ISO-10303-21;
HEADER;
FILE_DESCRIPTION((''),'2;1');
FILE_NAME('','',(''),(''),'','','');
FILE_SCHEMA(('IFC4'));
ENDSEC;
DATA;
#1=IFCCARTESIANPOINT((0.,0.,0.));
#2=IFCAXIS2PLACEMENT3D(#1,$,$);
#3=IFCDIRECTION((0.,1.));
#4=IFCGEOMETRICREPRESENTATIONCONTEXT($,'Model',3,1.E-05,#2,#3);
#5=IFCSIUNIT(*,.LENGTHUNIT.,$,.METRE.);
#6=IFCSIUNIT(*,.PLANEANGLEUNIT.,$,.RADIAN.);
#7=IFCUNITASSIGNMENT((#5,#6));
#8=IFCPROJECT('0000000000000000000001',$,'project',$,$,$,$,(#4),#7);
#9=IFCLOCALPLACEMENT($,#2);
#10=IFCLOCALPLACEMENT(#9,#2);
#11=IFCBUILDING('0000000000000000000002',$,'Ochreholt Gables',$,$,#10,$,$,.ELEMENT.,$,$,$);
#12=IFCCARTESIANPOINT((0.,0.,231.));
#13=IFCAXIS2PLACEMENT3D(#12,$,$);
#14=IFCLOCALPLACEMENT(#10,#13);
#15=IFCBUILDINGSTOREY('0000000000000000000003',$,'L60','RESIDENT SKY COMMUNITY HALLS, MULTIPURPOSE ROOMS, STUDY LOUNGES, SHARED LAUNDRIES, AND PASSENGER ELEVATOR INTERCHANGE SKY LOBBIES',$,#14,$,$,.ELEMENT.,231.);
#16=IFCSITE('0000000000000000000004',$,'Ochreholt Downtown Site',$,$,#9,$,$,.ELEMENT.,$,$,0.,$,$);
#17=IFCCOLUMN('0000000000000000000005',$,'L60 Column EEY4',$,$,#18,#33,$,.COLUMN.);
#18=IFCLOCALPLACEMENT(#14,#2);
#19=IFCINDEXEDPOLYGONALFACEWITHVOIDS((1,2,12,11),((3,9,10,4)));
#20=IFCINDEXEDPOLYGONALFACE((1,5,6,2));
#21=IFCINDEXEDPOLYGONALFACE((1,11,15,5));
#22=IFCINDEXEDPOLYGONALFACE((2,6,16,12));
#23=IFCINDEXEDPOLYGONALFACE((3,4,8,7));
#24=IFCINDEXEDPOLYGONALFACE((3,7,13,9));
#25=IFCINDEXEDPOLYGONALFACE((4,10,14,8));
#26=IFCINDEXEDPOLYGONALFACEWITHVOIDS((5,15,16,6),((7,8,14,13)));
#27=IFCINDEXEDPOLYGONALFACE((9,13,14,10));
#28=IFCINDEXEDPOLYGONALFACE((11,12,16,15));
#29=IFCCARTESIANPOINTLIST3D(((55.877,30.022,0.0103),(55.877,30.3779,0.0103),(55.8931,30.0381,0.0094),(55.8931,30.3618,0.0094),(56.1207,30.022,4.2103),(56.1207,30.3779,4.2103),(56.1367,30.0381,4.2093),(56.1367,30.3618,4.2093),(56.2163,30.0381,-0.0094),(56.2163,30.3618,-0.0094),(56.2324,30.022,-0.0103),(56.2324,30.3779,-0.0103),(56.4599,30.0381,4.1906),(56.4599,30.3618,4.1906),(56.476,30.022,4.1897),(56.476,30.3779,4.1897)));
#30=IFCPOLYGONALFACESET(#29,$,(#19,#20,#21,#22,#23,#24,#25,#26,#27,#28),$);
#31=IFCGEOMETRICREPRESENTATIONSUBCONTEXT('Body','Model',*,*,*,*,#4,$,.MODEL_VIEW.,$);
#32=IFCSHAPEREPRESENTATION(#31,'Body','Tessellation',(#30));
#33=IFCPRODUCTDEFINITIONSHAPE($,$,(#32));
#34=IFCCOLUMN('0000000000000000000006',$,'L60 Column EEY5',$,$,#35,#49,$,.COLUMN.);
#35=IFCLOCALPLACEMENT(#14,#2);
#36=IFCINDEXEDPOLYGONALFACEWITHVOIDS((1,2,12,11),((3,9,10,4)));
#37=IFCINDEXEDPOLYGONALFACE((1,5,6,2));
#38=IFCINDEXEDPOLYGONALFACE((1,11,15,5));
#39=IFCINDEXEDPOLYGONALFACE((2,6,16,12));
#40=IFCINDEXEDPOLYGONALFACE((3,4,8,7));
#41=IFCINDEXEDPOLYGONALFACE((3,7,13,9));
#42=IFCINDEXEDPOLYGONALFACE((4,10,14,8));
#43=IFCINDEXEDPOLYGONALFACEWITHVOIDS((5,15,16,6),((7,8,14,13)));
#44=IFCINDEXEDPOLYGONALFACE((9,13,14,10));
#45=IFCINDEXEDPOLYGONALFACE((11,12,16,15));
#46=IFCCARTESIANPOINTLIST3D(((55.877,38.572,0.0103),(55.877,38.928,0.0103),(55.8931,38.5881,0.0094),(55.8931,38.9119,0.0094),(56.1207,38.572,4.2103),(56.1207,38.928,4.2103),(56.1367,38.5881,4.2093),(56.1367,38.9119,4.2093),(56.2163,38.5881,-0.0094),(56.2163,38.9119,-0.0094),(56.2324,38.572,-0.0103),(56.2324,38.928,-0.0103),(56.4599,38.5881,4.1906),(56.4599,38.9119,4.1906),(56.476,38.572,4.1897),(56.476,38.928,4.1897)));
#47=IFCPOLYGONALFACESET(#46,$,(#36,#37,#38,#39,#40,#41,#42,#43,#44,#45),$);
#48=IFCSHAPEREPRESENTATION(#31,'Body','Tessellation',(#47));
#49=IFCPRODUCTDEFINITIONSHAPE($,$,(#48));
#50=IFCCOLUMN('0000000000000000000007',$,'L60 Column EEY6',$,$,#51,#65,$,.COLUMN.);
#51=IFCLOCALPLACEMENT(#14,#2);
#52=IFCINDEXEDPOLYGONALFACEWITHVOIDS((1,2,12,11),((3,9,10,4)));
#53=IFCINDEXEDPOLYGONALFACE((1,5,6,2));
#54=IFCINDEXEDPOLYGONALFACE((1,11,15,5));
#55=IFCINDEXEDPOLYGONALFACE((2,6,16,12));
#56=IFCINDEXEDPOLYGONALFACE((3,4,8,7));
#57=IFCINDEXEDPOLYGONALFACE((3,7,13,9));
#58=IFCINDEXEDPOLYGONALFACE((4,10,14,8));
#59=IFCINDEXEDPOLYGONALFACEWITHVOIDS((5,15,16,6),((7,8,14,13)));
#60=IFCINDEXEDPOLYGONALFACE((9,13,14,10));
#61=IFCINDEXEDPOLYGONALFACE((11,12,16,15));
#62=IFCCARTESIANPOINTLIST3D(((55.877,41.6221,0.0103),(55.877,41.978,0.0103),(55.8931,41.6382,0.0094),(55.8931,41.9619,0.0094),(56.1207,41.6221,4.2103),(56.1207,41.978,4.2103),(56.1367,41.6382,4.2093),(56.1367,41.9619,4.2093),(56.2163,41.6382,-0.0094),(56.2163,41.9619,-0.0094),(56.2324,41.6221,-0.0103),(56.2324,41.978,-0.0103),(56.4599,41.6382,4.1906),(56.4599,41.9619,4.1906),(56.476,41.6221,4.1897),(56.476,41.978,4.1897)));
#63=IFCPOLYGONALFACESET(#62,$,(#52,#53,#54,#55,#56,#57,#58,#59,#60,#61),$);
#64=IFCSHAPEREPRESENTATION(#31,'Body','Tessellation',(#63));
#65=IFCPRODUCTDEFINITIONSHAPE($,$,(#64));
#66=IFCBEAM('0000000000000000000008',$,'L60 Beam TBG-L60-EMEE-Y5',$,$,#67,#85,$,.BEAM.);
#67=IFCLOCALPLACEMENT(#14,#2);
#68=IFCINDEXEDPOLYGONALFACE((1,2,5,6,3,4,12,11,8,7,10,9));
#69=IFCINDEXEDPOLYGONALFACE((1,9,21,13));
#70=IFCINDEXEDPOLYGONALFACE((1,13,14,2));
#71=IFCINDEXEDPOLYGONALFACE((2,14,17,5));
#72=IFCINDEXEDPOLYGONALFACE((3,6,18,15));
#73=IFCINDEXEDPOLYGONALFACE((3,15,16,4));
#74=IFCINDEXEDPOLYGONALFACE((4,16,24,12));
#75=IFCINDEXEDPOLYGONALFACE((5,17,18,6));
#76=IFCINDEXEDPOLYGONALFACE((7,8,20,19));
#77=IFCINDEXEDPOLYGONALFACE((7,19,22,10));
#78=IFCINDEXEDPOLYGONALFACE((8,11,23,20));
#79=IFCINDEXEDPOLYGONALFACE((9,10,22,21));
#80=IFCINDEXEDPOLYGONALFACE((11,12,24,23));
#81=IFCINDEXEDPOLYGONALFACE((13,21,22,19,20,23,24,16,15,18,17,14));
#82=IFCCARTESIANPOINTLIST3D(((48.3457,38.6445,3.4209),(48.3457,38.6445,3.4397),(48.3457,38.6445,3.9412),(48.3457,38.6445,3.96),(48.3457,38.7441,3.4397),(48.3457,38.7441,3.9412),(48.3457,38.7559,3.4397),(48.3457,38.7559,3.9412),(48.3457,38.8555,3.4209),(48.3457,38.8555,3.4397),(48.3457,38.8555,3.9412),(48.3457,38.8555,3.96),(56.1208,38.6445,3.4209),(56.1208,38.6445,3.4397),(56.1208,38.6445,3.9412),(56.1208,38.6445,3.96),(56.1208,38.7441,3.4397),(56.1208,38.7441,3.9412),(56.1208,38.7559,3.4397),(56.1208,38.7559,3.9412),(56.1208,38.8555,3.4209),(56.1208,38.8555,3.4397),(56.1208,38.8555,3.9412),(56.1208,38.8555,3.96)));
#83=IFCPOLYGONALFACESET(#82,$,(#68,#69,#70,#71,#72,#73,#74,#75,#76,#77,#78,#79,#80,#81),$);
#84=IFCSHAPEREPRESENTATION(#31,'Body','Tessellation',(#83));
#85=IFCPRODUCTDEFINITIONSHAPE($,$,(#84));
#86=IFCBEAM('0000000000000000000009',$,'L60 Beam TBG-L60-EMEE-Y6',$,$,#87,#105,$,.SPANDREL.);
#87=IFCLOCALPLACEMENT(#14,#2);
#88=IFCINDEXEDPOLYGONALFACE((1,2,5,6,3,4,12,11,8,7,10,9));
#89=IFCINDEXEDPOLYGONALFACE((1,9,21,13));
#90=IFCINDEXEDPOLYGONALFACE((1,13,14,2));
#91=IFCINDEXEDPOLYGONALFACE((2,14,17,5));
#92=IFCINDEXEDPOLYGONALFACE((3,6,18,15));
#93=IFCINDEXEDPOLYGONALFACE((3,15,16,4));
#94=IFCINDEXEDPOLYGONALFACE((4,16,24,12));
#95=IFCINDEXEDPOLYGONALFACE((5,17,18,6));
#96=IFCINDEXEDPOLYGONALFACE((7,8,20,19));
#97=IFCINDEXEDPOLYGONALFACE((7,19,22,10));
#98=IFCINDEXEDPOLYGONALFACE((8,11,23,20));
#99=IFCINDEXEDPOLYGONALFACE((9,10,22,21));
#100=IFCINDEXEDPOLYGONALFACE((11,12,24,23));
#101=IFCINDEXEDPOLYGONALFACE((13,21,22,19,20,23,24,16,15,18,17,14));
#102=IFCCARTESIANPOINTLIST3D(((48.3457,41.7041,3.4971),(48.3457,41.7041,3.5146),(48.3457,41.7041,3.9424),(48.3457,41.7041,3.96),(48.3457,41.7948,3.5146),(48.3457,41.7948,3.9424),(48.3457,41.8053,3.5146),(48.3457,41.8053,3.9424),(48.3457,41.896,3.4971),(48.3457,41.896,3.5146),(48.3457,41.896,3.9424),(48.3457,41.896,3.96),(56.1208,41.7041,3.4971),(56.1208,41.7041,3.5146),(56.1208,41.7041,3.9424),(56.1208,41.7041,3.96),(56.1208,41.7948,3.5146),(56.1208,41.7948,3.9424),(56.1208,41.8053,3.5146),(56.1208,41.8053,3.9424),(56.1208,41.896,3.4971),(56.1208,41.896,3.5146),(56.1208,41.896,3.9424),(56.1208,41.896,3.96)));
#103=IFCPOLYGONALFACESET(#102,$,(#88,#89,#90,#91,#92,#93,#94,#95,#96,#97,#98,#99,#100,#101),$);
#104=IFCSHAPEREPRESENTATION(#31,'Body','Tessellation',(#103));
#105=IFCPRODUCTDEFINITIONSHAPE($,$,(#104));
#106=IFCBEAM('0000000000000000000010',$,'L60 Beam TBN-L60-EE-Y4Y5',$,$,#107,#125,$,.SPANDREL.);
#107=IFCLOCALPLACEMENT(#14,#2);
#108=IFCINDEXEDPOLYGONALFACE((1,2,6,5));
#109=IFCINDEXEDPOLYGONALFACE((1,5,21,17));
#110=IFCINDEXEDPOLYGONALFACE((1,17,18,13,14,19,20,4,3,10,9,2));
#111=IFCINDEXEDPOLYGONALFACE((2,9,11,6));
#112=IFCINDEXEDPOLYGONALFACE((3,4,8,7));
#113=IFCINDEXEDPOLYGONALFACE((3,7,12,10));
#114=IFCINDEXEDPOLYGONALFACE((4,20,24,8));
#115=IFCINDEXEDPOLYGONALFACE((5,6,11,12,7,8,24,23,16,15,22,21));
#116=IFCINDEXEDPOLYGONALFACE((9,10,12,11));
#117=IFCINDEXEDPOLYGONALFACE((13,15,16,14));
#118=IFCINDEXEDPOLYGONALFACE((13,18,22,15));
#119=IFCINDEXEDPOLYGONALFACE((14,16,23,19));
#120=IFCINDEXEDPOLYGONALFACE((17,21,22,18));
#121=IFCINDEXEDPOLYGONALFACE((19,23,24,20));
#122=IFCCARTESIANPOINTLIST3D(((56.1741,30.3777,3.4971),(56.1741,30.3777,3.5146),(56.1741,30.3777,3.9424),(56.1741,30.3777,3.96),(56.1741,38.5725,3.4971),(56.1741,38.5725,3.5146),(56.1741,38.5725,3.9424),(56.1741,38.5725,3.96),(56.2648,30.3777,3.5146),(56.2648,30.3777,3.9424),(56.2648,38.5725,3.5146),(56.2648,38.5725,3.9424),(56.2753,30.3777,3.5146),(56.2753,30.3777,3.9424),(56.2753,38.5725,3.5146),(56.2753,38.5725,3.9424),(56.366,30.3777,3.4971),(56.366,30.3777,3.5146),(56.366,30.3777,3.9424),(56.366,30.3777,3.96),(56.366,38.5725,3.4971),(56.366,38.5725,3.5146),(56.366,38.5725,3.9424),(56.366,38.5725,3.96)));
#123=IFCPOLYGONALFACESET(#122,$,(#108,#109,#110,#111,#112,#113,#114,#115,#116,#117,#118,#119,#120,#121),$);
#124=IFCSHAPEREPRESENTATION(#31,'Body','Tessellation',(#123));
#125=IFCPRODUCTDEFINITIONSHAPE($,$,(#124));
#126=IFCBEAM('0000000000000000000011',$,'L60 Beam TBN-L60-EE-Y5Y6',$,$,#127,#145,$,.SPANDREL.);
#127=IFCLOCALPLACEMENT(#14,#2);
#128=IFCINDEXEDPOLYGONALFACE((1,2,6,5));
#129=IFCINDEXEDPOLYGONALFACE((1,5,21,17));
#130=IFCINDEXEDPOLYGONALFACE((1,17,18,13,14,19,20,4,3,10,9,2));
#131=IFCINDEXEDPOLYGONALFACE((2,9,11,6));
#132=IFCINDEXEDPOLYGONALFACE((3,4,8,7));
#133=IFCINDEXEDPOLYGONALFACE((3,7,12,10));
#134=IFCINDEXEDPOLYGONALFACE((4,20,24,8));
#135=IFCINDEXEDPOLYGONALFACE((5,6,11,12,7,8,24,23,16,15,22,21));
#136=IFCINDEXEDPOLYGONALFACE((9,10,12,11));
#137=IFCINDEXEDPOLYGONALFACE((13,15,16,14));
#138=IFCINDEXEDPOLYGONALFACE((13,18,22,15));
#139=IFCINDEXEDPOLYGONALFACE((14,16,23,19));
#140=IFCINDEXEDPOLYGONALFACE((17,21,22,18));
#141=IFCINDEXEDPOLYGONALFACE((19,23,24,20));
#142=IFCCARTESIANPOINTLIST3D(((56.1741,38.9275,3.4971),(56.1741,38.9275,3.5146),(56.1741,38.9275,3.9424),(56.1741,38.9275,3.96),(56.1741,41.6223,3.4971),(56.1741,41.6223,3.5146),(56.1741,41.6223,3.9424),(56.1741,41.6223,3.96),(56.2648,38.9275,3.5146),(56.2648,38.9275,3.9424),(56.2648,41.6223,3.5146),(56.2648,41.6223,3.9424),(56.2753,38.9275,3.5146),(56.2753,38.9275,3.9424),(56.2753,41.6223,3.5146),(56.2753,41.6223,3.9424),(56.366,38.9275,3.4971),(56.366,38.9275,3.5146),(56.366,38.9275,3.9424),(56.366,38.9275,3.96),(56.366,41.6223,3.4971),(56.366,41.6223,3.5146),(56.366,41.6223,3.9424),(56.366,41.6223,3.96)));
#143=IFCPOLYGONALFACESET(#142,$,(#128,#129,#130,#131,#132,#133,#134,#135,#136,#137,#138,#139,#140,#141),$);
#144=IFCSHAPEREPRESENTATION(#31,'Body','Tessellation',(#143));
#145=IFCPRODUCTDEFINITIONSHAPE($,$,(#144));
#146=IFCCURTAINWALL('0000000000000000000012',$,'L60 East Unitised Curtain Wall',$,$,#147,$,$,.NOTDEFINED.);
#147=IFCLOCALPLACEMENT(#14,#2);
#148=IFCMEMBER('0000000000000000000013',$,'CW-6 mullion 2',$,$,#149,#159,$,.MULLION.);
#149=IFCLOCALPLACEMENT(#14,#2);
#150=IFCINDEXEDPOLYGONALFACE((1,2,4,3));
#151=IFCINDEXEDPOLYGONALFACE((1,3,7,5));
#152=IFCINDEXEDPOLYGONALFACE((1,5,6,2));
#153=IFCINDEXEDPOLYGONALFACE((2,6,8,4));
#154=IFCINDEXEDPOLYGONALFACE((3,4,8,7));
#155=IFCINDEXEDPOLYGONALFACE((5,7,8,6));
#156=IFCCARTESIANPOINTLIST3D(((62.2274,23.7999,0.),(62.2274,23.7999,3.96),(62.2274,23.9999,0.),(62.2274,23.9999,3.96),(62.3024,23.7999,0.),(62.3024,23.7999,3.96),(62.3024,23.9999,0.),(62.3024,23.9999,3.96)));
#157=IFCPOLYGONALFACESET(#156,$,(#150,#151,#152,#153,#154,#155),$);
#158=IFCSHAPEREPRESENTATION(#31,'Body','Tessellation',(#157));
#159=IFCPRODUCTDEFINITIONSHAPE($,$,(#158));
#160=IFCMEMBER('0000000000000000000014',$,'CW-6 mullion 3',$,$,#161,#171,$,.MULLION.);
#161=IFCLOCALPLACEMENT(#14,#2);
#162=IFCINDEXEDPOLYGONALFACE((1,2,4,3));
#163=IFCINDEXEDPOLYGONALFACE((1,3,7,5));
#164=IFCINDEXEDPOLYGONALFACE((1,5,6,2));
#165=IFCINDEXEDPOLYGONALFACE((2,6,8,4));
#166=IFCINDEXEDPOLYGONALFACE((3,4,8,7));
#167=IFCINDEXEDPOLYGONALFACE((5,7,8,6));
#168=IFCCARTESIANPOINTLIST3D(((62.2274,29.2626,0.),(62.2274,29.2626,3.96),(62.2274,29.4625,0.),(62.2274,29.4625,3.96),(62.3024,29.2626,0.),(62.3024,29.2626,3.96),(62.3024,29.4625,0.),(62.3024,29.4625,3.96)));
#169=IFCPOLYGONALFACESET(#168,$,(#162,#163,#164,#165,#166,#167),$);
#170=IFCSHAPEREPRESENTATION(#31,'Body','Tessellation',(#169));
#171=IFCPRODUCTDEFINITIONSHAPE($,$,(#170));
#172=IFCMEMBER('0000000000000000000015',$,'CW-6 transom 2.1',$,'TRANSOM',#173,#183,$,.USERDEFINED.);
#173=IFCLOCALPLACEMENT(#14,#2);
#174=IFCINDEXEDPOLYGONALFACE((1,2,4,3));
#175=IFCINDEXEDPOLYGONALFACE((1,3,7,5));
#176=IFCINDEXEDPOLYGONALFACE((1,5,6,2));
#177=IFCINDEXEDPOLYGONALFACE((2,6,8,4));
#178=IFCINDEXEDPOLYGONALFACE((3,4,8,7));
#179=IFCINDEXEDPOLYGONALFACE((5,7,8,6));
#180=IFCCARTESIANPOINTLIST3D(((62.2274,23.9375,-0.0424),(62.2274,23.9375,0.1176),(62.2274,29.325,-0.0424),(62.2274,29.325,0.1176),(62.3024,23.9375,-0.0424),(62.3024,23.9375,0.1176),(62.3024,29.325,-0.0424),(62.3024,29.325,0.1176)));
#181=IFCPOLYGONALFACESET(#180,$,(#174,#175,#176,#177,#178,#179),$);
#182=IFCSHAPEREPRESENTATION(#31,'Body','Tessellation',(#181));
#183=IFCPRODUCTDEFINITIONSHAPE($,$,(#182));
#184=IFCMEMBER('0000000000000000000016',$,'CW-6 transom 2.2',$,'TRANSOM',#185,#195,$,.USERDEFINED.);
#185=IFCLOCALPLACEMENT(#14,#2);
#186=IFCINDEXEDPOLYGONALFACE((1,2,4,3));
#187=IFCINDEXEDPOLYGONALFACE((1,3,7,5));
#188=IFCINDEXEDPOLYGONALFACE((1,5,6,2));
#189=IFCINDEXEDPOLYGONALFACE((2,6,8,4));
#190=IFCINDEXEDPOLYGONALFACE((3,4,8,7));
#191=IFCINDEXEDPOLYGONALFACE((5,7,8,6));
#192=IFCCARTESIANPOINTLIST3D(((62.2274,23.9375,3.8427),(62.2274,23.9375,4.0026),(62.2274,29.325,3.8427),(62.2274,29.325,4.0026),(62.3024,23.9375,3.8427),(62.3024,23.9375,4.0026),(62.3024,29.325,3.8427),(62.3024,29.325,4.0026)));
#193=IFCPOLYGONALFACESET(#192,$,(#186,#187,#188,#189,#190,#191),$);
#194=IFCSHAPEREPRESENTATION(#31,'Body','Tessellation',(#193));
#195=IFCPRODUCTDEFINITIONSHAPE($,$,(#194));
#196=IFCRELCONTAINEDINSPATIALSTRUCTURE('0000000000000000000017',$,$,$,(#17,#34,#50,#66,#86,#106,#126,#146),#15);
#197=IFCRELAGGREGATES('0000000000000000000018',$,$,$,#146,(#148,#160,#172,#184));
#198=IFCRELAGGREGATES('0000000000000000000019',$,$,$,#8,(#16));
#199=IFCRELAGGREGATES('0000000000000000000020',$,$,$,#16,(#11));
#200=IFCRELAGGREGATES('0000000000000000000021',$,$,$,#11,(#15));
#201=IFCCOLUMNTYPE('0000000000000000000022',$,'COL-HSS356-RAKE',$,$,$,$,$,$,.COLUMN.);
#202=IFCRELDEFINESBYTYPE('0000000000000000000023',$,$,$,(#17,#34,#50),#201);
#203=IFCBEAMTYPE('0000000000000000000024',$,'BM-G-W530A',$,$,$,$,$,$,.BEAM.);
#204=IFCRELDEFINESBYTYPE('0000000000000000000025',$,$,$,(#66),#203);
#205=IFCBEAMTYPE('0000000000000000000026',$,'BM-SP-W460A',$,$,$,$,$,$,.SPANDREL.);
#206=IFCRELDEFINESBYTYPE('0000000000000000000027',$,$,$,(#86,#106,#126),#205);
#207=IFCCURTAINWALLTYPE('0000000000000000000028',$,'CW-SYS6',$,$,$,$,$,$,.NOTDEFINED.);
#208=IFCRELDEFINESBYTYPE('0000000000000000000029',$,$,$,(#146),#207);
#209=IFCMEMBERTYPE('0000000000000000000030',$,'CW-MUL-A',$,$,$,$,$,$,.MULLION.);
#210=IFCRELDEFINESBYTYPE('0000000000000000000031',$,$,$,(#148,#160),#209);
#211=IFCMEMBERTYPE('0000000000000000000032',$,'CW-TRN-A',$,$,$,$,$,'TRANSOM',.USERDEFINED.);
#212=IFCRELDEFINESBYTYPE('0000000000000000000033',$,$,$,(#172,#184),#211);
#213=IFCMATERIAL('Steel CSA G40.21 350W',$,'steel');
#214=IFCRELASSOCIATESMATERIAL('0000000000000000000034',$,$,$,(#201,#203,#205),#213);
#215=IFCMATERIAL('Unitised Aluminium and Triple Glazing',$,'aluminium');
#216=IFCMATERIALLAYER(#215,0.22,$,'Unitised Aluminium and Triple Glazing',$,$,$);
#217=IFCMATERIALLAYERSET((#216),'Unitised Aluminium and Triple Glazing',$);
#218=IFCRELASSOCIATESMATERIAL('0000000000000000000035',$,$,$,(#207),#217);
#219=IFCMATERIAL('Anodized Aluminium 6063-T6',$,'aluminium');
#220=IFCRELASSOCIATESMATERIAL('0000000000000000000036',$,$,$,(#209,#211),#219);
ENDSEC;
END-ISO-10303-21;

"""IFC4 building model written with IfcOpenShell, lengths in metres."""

from ifc_helpers import new_model, si_unit, direction, frame, origin, origin_2d, place, context, subcontext, project, spatial, rectangle, hollow_rectangle, i_section, extrude, material, layer, layer_set, material_profile, profile_set, type_object, element, aggregate, save


model = new_model("IFC4")

# Units and contexts
model_context = context("Model", 3, precision=1e-05, world=origin(), true_north=direction((0.0, 1.0)))
body_context = subcontext(model_context, "Body", "Model", "MODEL_VIEW")
ifc_project = project(units=[si_unit("LENGTHUNIT", "METRE"), si_unit("PLANEANGLEUNIT", "RADIAN")], contexts=[model_context])

# Site, building, storey
site_placement = place(None, origin())
site = spatial("IfcSite", under=ifc_project, at=site_placement, Name="Ochreholt Downtown Site", CompositionType="ELEMENT", RefElevation=0.0)
building_placement = place(site_placement, origin())
building = spatial("IfcBuilding", under=site, at=building_placement, Name="Ochreholt Gables", CompositionType="ELEMENT")
storey_placement = place(building_placement, frame((0.0, 0.0, 231.0)))
storey = spatial("IfcBuildingStorey", under=building, at=storey_placement, Name="L60", Description="RESIDENT SKY COMMUNITY HALLS, MULTIPURPOSE ROOMS, STUDY LOUNGES, SHARED LAUNDRIES, AND PASSENGER ELEVATOR INTERCHANGE SKY LOBBIES", CompositionType="ELEMENT", Elevation=231.0)

# Columns
ifc_material_1 = material(Name="Steel CSA G40.21 350W", Category="steel")
ifc_material_profile_1 = material_profile(ifc_material_1, hollow_rectangle(XDim=0.356, YDim=0.356, WallThickness=0.0161, at=origin_2d()), Name="HSS356X356X16")
ifc_profile_set_1 = profile_set([ifc_material_profile_1], Name="Steel CSA G40.21 350W")
column_type = type_object("IfcColumnType", Name="COL-HSS356-RAKE", PredefinedType="COLUMN", material=ifc_profile_set_1)
for number, where, z_axis, x_axis, name in (
    (1, (56.0547, 30.2, 0.0), (0.057916, 0.0, 0.998321), (0.0, 1.0, 0.0), "L60 Column EEY4"),
    (2, (56.0547, 38.75, 0.0), (0.057916, 0.0, 0.998321), (0.0, 1.0, 0.0), "L60 Column EEY5"),
    (3, (56.0547, 41.8, 0.0), (0.057916, 0.0, 0.998321), (0.0, 1.0, 0.0), "L60 Column EEY6"),
):
    element("IfcColumn", number, at=place(storey_placement, frame(where, z_axis=z_axis, x_axis=x_axis)), inside=storey, type_object=column_type, Name=name, PredefinedType="COLUMN", context=body_context, shape_type="SweptSolid", body=[
        extrude(hollow_rectangle(XDim=0.356, YDim=0.356, WallThickness=0.0161, at=origin_2d()), origin(), (0.0, 0.0, 1.0), 4.207),
    ])

# Beams
ifc_material_profile_2 = material_profile(ifc_material_1, i_section(OverallWidth=0.2109, OverallDepth=0.5391, WebThickness=0.0117, FlangeThickness=0.0188, at=origin_2d()), Name="W530X109")
ifc_profile_set_2 = profile_set([ifc_material_profile_2], Name="Steel CSA G40.21 350W")
beam_type_1 = type_object("IfcBeamType", Name="BM-G-W530A", PredefinedType="BEAM", material=ifc_profile_set_2)
beam_1_placement = place(storey_placement, frame((48.3457, 38.75, 3.6904), z_axis=(1.0, 0.0, 0.0), x_axis=(0.0, 1.0, 0.0)))
element("IfcBeam", 4, at=beam_1_placement, inside=storey, type_object=beam_type_1, Name="L60 Beam TBG-L60-EMEE-Y5", PredefinedType="BEAM", context=body_context, shape_type="SweptSolid", body=[
    extrude(i_section(OverallWidth=0.2109, OverallDepth=0.5391, WebThickness=0.0117, FlangeThickness=0.0188, at=origin_2d()), origin(), (0.0, 0.0, 1.0), 7.7751),
])
ifc_material_profile_3 = material_profile(ifc_material_1, i_section(OverallWidth=0.1919, OverallDepth=0.4629, WebThickness=0.0105, FlangeThickness=0.0176, at=origin_2d()), Name="W460X89")
ifc_profile_set_3 = profile_set([ifc_material_profile_3], Name="Steel CSA G40.21 350W")
beam_type_2 = type_object("IfcBeamType", Name="BM-SP-W460A", PredefinedType="SPANDREL", material=ifc_profile_set_3)
beam_2_placement = place(storey_placement, frame((48.3457, 41.8, 3.7285), z_axis=(1.0, 0.0, 0.0), x_axis=(0.0, 1.0, 0.0)))
element("IfcBeam", 5, at=beam_2_placement, inside=storey, type_object=beam_type_2, Name="L60 Beam TBG-L60-EMEE-Y6", PredefinedType="SPANDREL", context=body_context, shape_type="SweptSolid", body=[
    extrude(i_section(OverallWidth=0.1919, OverallDepth=0.4629, WebThickness=0.0105, FlangeThickness=0.0176, at=origin_2d()), origin(), (0.0, 0.0, 1.0), 7.7751),
])
beam_3_placement = place(storey_placement, frame((56.27, 30.3777, 3.7285), z_axis=(0.0, 1.0, 0.0), x_axis=(-1.0, 0.0, 0.0)))
element("IfcBeam", 6, at=beam_3_placement, inside=storey, type_object=beam_type_2, Name="L60 Beam TBN-L60-EE-Y4Y5", PredefinedType="SPANDREL", context=body_context, shape_type="SweptSolid", body=[
    extrude(i_section(OverallWidth=0.1919, OverallDepth=0.4629, WebThickness=0.0105, FlangeThickness=0.0176, at=origin_2d()), origin(), (0.0, 0.0, 1.0), 8.1948),
])
beam_4_placement = place(storey_placement, frame((56.27, 38.9275, 3.7285), z_axis=(0.0, 1.0, 0.0), x_axis=(-1.0, 0.0, 0.0)))
element("IfcBeam", 7, at=beam_4_placement, inside=storey, type_object=beam_type_2, Name="L60 Beam TBN-L60-EE-Y5Y6", PredefinedType="SPANDREL", context=body_context, shape_type="SweptSolid", body=[
    extrude(i_section(OverallWidth=0.1919, OverallDepth=0.4629, WebThickness=0.0105, FlangeThickness=0.0176, at=origin_2d()), origin(), (0.0, 0.0, 1.0), 2.6948),
])

# Curtain wall, members
ifc_material_2 = material(Name="Unitised Aluminium and Triple Glazing", Category="aluminium")
ifc_layer_1 = layer(ifc_material_2, 0.22, Name="Unitised Aluminium and Triple Glazing")
ifc_layer_set_1 = layer_set([ifc_layer_1], Name="Unitised Aluminium and Triple Glazing")
curtain_wall_type = type_object("IfcCurtainWallType", Name="CW-SYS6", PredefinedType="NOTDEFINED", material=ifc_layer_set_1)
curtain_wall_placement = place(storey_placement, origin())
curtain_wall = element("IfcCurtainWall", 8, at=curtain_wall_placement, inside=storey, type_object=curtain_wall_type, Name="L60 East Unitised Curtain Wall", PredefinedType="NOTDEFINED")
ifc_material_3 = material(Name="Anodized Aluminium 6063-T6", Category="aluminium")
ifc_material_profile_4 = material_profile(ifc_material_3, rectangle(XDim=0.075, YDim=0.2, at=origin_2d()), Name="CWM75X200")
ifc_profile_set_4 = profile_set([ifc_material_profile_4], Name="Anodized Aluminium 6063-T6")
member_type_1 = type_object("IfcMemberType", Name="CW-MUL-A", PredefinedType="MULLION", material=ifc_profile_set_4)
member_1_placement = place(storey_placement, frame((62.2649, 23.8999, 0.0), z_axis=(0.0, 0.0, 1.0), x_axis=(-1.0, 0.0, 0.0)))
member_1 = element("IfcMember", 9, at=member_1_placement, type_object=member_type_1, Name="CW-6 mullion 2", PredefinedType="MULLION", context=body_context, shape_type="SweptSolid", body=[
    extrude(rectangle(XDim=0.075, YDim=0.2, at=origin_2d()), origin(), (0.0, 0.0, 1.0), 3.96),
])
member_2_placement = place(storey_placement, frame((62.2649, 29.3625, 0.0), z_axis=(0.0, 0.0, 1.0), x_axis=(-1.0, 0.0, 0.0)))
member_2 = element("IfcMember", 10, at=member_2_placement, type_object=member_type_1, Name="CW-6 mullion 3", PredefinedType="MULLION", context=body_context, shape_type="SweptSolid", body=[
    extrude(rectangle(XDim=0.075, YDim=0.2, at=origin_2d()), origin(), (0.0, 0.0, 1.0), 3.96),
])
ifc_material_profile_5 = material_profile(ifc_material_3, rectangle(XDim=0.075, YDim=0.1599, at=origin_2d()), Name="CWT75X160")
ifc_profile_set_5 = profile_set([ifc_material_profile_5], Name="Anodized Aluminium 6063-T6")
member_type_2 = type_object("IfcMemberType", Name="CW-TRN-A", ElementType="TRANSOM", PredefinedType="USERDEFINED", material=ifc_profile_set_5)
member_3_placement = place(storey_placement, frame((62.2649, 23.9375, 0.0376), z_axis=(0.0, 1.0, 0.0), x_axis=(-1.0, 0.0, 0.0)))
member_3 = element("IfcMember", 11, at=member_3_placement, type_object=member_type_2, Name="CW-6 transom 2.1", ObjectType="TRANSOM", PredefinedType="USERDEFINED", context=body_context, shape_type="SweptSolid", body=[
    extrude(rectangle(XDim=0.075, YDim=0.1599, at=origin_2d()), origin(), (0.0, 0.0, 1.0), 5.3875),
])
member_4_placement = place(storey_placement, frame((62.2649, 23.9375, 3.9226), z_axis=(0.0, 1.0, 0.0), x_axis=(-1.0, 0.0, 0.0)))
member_4 = element("IfcMember", 12, at=member_4_placement, type_object=member_type_2, Name="CW-6 transom 2.2", ObjectType="TRANSOM", PredefinedType="USERDEFINED", context=body_context, shape_type="SweptSolid", body=[
    extrude(rectangle(XDim=0.075, YDim=0.1599, at=origin_2d()), origin(), (0.0, 0.0, 1.0), 5.3875),
])
aggregate(curtain_wall, [member_1, member_2, member_3, member_4])

save(model, "model.ifc")
